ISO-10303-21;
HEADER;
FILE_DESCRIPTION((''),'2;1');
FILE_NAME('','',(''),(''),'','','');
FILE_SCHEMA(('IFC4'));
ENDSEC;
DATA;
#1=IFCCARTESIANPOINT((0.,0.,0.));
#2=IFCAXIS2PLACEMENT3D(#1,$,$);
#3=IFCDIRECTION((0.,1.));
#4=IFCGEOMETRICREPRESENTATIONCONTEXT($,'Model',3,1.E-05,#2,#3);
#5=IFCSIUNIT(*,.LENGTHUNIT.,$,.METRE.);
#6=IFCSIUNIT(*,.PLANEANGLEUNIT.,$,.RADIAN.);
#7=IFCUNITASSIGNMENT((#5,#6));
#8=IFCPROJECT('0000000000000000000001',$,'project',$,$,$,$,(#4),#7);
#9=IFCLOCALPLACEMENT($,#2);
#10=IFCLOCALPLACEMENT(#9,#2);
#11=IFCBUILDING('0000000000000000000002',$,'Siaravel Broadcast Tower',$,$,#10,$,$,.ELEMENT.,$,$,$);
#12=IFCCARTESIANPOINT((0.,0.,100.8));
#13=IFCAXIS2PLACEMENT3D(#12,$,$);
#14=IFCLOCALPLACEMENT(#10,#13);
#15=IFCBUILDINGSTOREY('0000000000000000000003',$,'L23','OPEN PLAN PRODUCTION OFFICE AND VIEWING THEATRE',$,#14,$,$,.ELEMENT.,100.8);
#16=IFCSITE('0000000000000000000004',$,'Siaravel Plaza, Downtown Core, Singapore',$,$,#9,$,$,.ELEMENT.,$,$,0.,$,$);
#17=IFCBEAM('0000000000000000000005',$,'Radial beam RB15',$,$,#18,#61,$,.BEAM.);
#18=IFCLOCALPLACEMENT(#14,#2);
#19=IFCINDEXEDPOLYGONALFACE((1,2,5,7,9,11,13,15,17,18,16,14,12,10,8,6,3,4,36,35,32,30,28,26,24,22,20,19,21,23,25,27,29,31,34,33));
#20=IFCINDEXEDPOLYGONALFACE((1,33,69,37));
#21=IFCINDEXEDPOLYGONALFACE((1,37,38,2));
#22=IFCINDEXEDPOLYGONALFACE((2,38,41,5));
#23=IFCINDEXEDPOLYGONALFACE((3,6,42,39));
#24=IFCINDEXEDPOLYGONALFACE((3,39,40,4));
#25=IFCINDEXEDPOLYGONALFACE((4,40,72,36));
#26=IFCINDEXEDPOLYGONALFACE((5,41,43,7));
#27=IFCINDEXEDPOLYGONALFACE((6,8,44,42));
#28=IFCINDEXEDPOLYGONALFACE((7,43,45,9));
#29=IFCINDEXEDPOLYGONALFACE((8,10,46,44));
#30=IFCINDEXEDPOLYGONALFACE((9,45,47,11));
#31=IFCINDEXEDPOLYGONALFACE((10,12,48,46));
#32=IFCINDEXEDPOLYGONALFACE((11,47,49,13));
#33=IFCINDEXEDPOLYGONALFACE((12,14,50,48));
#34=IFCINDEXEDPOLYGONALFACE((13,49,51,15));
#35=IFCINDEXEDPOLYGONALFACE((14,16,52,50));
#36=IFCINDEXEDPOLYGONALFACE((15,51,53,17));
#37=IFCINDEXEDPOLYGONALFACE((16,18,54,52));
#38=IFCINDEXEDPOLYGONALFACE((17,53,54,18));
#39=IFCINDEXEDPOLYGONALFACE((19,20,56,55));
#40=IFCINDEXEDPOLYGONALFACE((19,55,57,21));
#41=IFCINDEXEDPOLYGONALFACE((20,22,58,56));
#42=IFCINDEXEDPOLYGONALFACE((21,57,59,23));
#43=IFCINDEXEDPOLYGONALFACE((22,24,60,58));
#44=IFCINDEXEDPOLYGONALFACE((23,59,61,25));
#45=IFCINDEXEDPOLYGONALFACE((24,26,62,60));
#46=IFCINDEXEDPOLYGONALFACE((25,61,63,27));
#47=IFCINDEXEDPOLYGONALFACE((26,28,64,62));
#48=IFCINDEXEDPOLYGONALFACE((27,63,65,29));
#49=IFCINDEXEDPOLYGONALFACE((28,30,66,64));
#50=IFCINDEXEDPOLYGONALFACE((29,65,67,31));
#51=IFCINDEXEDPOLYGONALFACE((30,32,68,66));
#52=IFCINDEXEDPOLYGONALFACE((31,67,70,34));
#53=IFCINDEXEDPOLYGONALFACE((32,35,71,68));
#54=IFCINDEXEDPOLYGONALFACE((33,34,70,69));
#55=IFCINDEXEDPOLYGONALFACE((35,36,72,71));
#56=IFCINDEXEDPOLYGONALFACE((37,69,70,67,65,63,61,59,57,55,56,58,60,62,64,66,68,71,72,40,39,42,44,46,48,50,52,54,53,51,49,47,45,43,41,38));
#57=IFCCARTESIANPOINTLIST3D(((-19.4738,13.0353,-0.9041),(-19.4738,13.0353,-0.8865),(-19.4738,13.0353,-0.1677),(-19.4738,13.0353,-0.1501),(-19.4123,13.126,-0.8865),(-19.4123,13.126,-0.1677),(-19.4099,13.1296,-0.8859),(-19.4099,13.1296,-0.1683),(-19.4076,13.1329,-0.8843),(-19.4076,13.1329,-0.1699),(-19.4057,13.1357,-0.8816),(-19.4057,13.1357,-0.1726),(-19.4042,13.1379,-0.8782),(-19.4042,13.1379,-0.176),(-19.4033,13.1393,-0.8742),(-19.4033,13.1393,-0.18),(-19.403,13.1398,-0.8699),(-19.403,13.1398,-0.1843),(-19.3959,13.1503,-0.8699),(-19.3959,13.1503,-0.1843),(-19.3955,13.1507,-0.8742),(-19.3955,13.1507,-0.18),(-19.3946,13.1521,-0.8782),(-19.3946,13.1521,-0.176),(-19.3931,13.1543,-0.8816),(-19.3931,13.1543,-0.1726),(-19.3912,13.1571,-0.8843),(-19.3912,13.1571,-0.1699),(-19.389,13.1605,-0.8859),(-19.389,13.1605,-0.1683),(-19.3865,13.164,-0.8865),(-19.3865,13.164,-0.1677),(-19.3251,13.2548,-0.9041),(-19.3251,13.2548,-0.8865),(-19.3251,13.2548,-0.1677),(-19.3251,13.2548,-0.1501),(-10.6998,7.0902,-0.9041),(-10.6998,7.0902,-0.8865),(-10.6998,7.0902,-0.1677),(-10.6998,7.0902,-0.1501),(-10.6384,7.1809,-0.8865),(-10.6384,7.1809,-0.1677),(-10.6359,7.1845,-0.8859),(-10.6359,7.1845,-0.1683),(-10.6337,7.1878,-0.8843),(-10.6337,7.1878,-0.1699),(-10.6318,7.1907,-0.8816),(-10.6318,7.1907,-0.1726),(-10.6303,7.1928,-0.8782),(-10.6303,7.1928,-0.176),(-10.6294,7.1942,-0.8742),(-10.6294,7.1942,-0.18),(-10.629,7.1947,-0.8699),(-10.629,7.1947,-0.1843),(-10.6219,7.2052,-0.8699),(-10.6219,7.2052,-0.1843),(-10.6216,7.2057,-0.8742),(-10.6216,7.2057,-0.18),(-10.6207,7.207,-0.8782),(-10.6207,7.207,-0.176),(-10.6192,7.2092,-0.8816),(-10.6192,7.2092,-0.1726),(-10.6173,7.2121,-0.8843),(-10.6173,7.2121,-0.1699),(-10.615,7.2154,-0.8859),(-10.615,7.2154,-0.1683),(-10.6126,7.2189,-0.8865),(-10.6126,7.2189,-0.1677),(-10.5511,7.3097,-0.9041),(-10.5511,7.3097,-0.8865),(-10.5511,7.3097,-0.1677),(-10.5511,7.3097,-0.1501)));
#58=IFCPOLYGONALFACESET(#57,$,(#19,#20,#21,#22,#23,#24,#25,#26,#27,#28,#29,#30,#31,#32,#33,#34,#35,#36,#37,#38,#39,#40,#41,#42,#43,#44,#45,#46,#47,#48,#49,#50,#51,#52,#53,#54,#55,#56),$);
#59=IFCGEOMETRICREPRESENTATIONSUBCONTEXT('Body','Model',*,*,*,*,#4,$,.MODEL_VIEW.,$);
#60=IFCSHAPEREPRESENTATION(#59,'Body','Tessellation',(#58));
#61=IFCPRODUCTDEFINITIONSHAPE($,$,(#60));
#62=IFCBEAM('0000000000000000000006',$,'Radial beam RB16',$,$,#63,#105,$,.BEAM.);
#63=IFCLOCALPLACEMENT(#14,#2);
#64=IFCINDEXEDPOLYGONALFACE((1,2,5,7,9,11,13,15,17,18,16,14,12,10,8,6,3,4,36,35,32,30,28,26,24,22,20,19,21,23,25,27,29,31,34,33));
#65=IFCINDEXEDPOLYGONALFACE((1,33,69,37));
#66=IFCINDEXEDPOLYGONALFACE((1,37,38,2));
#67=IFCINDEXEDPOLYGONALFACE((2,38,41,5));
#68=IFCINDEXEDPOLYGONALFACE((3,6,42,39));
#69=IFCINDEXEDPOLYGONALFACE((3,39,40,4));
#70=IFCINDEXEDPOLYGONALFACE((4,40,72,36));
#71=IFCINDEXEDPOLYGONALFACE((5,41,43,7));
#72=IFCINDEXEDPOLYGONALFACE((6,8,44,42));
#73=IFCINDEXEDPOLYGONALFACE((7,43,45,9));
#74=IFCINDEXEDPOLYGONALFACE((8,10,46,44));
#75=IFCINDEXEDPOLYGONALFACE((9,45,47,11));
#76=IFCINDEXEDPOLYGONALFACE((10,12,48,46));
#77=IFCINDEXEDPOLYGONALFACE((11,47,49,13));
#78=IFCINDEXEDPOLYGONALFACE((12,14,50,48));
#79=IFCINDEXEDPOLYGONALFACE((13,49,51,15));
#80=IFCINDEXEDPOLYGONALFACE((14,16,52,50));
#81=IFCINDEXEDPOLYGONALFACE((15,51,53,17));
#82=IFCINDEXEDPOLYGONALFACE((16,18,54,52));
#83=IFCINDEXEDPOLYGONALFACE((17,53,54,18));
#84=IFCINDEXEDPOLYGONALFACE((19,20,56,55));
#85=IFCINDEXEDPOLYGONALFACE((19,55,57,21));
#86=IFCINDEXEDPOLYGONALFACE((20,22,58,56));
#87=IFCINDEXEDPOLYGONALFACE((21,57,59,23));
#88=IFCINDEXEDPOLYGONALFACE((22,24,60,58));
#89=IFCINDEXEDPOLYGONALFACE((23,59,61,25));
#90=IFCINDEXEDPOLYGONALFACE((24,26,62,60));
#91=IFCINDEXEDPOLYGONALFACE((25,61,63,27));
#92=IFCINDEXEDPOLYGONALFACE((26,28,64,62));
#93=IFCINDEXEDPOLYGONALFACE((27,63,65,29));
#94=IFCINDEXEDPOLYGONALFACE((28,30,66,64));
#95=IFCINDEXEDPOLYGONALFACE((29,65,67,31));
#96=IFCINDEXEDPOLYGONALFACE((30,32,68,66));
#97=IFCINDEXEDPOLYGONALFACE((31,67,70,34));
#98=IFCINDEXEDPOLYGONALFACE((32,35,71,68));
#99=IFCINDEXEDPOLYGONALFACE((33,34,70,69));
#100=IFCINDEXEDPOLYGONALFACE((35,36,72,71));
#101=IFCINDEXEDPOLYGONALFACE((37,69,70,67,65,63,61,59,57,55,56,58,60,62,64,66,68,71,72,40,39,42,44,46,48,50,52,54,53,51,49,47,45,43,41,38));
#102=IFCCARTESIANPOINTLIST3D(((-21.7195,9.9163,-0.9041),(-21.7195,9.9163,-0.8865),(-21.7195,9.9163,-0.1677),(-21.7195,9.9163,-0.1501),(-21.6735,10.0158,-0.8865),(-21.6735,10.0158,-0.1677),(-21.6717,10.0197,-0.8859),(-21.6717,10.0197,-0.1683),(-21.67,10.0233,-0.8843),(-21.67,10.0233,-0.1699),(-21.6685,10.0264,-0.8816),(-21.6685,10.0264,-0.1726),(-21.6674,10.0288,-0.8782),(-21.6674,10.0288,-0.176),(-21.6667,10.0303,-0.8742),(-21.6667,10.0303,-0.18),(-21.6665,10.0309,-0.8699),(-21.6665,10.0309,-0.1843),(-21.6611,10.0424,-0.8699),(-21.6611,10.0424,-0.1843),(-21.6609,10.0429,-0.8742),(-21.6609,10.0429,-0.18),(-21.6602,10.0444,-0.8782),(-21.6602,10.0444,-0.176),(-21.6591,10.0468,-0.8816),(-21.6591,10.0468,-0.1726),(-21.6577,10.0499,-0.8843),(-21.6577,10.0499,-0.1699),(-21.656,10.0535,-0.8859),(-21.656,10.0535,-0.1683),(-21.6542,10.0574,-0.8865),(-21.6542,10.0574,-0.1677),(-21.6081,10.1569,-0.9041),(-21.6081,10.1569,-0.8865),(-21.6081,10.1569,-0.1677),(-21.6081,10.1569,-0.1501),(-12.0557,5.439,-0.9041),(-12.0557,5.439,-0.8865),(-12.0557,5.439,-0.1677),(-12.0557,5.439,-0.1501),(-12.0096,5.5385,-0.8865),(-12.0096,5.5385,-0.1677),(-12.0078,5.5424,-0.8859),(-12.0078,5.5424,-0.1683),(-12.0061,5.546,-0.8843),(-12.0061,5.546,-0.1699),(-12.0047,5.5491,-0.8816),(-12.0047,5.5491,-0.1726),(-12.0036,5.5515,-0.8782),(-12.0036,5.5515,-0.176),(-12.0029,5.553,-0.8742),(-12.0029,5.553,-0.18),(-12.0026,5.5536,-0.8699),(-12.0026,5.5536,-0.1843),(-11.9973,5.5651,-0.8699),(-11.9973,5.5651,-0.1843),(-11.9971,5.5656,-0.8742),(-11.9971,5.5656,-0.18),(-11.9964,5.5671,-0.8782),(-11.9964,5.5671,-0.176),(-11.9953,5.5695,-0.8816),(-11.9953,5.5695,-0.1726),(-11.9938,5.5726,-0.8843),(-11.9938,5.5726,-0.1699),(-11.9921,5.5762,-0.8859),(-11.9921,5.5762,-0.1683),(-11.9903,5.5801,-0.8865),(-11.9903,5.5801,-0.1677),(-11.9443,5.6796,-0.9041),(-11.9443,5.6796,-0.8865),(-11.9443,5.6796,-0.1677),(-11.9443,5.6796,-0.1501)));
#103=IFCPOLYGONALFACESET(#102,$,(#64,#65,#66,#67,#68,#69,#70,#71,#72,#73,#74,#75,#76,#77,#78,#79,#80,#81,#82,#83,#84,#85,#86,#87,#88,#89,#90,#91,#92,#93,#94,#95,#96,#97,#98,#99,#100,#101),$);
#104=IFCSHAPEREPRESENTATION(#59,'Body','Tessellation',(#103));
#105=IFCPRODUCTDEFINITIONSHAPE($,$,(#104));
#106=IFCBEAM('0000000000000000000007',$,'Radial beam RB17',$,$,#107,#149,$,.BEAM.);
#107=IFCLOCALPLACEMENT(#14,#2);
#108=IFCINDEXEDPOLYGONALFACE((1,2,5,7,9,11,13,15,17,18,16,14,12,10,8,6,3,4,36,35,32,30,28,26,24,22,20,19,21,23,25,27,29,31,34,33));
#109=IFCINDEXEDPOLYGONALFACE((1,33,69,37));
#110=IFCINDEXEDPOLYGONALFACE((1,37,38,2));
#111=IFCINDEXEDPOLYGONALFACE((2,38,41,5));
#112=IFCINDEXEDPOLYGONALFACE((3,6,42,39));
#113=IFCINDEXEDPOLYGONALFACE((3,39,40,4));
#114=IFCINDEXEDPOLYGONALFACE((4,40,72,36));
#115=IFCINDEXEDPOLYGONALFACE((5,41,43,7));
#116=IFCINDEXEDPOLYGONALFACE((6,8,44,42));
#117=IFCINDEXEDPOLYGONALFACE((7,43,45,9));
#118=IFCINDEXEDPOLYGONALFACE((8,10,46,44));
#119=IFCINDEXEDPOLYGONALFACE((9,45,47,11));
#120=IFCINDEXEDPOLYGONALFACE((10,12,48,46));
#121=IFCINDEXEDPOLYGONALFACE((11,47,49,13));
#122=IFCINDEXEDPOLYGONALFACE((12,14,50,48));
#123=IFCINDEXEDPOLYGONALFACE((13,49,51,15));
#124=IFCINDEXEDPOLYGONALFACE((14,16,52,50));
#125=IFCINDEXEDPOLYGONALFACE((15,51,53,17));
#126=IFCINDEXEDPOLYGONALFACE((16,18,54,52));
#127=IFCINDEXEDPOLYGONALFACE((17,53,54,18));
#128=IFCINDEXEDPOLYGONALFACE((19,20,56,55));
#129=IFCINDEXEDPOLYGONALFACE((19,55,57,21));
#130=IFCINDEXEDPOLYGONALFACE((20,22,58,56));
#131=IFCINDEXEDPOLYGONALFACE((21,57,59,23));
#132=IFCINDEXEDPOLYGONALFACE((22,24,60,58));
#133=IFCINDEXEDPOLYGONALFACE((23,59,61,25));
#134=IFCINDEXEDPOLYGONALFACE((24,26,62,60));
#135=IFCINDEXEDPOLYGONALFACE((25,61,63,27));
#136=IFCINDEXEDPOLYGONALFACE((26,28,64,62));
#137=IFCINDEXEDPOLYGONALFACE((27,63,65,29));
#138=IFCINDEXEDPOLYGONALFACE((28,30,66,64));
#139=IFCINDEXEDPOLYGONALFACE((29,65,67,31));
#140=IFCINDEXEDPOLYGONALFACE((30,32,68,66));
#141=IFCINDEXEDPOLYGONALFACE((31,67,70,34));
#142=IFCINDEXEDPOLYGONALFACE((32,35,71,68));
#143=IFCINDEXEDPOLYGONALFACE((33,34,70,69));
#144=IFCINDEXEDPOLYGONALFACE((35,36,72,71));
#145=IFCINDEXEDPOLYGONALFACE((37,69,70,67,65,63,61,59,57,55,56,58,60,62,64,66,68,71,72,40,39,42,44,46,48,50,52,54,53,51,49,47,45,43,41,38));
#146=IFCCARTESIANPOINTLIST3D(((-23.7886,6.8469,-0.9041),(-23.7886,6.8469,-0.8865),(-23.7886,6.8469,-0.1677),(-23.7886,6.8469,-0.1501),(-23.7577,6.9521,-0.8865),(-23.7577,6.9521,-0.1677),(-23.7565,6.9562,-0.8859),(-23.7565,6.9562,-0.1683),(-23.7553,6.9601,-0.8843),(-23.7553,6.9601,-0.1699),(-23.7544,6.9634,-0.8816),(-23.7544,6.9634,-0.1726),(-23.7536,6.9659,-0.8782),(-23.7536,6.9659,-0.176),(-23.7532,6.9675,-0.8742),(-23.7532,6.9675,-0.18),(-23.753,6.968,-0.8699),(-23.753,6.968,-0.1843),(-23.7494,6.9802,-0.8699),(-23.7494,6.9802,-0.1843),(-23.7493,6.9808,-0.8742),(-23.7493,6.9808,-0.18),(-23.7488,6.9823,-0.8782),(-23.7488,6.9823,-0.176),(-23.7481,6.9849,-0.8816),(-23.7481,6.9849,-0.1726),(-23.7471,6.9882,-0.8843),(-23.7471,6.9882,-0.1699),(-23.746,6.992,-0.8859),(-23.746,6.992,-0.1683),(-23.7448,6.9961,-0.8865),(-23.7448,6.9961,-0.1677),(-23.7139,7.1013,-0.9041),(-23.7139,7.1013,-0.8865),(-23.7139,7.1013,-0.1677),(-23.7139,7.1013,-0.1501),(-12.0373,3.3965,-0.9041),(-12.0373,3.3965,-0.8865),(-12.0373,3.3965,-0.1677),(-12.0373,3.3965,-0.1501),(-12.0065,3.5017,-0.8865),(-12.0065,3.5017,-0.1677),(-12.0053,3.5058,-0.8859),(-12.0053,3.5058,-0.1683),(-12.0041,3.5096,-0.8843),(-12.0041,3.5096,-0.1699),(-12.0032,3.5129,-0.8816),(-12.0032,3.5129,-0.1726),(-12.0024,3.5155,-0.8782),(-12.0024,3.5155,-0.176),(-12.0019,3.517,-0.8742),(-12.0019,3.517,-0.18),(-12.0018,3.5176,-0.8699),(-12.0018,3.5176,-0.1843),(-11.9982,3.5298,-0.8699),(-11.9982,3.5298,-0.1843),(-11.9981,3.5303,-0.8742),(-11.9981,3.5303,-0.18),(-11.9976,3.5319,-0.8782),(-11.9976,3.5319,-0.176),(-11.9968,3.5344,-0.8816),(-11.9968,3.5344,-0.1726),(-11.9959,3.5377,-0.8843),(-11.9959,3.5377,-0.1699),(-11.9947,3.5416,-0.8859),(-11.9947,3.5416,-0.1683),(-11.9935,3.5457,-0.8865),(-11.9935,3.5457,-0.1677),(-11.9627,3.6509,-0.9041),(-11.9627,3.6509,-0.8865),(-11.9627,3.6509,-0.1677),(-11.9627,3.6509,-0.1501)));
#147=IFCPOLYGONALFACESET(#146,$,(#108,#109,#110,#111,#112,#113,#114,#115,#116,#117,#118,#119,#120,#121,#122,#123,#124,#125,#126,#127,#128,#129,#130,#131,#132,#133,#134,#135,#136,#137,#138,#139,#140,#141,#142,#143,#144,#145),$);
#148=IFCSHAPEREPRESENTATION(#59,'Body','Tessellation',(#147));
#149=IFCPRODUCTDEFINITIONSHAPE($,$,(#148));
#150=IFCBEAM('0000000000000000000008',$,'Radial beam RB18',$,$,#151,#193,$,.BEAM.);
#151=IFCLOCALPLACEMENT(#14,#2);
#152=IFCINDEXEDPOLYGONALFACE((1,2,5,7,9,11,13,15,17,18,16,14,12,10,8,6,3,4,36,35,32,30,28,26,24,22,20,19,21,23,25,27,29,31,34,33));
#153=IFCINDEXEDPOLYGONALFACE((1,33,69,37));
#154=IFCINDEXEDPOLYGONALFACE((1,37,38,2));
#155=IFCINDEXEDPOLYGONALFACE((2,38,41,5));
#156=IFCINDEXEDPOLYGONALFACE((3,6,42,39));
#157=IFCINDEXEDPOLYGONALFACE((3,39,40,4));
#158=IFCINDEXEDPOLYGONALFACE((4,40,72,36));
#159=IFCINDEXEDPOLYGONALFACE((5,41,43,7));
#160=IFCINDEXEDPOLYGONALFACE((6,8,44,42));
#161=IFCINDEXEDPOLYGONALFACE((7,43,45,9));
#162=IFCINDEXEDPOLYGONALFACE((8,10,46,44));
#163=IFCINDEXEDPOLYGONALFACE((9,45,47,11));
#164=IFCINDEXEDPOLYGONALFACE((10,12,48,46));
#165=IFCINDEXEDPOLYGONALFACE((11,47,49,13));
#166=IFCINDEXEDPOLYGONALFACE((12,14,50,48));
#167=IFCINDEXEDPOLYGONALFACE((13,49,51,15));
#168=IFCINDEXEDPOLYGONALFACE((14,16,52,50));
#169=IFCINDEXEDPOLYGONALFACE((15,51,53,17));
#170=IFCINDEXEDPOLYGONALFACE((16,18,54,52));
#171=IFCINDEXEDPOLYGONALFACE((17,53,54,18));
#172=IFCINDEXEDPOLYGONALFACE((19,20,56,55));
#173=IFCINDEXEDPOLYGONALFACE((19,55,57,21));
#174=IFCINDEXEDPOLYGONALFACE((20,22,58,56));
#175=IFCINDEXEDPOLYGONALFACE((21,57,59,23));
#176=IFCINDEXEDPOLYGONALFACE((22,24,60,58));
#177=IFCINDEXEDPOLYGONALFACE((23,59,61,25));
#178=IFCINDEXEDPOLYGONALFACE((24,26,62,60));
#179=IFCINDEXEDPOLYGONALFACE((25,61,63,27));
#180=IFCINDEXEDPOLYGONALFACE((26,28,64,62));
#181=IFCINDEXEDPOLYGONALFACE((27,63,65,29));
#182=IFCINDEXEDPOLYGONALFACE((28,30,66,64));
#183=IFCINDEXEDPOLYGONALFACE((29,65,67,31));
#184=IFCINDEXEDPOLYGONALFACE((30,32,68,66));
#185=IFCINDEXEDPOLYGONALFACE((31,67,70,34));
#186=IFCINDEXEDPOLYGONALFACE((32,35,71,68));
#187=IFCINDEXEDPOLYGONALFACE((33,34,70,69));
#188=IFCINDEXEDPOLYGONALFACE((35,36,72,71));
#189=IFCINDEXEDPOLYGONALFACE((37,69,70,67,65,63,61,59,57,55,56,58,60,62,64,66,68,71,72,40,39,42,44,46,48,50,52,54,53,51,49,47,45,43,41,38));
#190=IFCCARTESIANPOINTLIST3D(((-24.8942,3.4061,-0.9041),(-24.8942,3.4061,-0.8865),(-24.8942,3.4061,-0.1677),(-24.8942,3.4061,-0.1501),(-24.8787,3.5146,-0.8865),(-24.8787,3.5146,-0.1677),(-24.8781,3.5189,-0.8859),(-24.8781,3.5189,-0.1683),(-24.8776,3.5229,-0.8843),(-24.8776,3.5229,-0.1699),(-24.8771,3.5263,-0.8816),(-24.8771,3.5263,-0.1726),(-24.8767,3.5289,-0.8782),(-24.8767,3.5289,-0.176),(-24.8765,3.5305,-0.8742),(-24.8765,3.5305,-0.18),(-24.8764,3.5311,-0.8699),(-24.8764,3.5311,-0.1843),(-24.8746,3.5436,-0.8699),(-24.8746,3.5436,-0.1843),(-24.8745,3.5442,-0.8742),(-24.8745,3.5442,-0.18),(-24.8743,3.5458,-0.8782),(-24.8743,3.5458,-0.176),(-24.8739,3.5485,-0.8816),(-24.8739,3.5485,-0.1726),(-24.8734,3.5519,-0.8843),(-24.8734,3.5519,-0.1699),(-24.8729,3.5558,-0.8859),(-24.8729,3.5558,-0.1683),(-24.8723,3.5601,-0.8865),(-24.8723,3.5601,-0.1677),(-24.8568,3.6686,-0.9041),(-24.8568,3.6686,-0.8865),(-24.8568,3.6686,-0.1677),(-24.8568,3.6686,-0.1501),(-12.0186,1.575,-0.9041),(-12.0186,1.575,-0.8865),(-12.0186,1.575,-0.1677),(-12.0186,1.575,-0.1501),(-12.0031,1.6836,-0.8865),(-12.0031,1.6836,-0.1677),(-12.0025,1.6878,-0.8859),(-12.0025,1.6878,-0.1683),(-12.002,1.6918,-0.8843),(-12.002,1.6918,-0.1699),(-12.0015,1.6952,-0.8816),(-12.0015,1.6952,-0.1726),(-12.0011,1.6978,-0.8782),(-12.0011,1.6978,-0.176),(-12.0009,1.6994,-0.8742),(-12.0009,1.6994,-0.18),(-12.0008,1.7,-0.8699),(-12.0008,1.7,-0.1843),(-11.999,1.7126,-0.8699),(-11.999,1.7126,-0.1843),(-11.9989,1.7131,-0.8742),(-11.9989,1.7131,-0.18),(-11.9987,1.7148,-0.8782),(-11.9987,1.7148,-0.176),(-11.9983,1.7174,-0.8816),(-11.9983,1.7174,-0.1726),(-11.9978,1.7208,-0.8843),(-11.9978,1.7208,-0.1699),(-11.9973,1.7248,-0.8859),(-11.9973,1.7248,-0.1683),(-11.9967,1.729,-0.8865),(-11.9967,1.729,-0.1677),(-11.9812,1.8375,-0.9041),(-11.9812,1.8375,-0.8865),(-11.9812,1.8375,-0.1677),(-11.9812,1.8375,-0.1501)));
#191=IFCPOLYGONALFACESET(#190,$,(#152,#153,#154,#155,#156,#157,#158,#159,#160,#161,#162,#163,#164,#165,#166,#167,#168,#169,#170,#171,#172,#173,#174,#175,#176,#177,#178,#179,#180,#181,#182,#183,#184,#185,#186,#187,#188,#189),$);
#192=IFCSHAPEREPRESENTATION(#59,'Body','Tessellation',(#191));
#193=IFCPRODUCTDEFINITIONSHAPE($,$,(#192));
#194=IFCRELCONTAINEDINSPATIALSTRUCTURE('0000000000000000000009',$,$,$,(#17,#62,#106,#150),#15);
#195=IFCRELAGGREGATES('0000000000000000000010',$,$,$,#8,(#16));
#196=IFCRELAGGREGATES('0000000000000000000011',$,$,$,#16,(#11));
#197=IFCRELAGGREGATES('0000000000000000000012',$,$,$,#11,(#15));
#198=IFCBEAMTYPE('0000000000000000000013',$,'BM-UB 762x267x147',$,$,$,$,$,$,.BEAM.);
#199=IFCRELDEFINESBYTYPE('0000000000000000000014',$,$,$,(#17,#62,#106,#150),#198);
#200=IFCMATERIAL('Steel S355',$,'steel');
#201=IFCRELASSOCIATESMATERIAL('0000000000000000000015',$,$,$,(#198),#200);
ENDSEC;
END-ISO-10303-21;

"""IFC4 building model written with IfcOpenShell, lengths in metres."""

from ifc_helpers import new_model, si_unit, direction, frame, origin, origin_2d, place, context, subcontext, project, spatial, i_section, extrude, material, material_profile, profile_set, type_object, element, save


model = new_model("IFC4")

# Units and contexts
model_context = context("Model", 3, precision=1e-05, world=origin(), true_north=direction((0.0, 1.0)))
body_context = subcontext(model_context, "Body", "Model", "MODEL_VIEW")
ifc_project = project(units=[si_unit("LENGTHUNIT", "METRE"), si_unit("PLANEANGLEUNIT", "RADIAN")], contexts=[model_context])

# Site, building, storey
site_placement = place(None, origin())
site = spatial("IfcSite", under=ifc_project, at=site_placement, Name="Siaravel Plaza, Downtown Core, Singapore", CompositionType="ELEMENT", RefElevation=0.0)
building_placement = place(site_placement, origin())
building = spatial("IfcBuilding", under=site, at=building_placement, Name="Siaravel Broadcast Tower", CompositionType="ELEMENT")
storey_placement = place(building_placement, frame((0.0, 0.0, 100.8)))
storey = spatial("IfcBuildingStorey", under=building, at=storey_placement, Name="L23", Description="OPEN PLAN PRODUCTION OFFICE AND VIEWING THEATRE", CompositionType="ELEMENT", Elevation=100.8)

# Beams
ifc_material_1 = material(Name="Steel S355", Category="steel")
ifc_material_profile_1 = material_profile(ifc_material_1, i_section(OverallWidth=0.2651, OverallDepth=0.7539, WebThickness=0.0127, FlangeThickness=0.0176, FilletRadius=0.0166, at=origin_2d()))
ifc_profile_set_1 = profile_set([ifc_material_profile_1], Name="Steel S355")
beam_type = type_object("IfcBeamType", Name="BM-UB 762x267x147", PredefinedType="BEAM", material=ifc_profile_set_1)
beam_1_placement = place(storey_placement, frame((-19.3994, 13.145, -0.5271), z_axis=(0.827856, -0.560941, 0.0), x_axis=(0.560941, 0.827856, 0.0)))
element("IfcBeam", 1, at=beam_1_placement, inside=storey, type_object=beam_type, Name="Radial beam RB15", PredefinedType="BEAM", context=body_context, shape_type="SweptSolid", body=[
    extrude(i_section(OverallWidth=0.2651, OverallDepth=0.7539, WebThickness=0.0127, FlangeThickness=0.0176, FilletRadius=0.0166, at=origin_2d()), origin(), (0.0, 0.0, 1.0), 10.5984),
])
beam_2_placement = place(storey_placement, frame((-21.6638, 10.0366, -0.5271), z_axis=(0.907349, -0.420379, 0.0), x_axis=(0.420379, 0.907349, 0.0)))
element("IfcBeam", 2, at=beam_2_placement, inside=storey, type_object=beam_type, Name="Radial beam RB16", PredefinedType="BEAM", context=body_context, shape_type="SweptSolid", body=[
    extrude(i_section(OverallWidth=0.2651, OverallDepth=0.7539, WebThickness=0.0127, FlangeThickness=0.0176, FilletRadius=0.0166, at=origin_2d()), origin(), (0.0, 0.0, 1.0), 10.6506),
])
beam_3_placement = place(storey_placement, frame((-23.7512, 6.9741, -0.5271), z_axis=(0.959494, -0.28173, 0.0), x_axis=(0.28173, 0.959494, 0.0)))
element("IfcBeam", 3, at=beam_3_placement, inside=storey, type_object=beam_type, Name="Radial beam RB17", PredefinedType="BEAM", context=body_context, shape_type="SweptSolid", body=[
    extrude(i_section(OverallWidth=0.2651, OverallDepth=0.7539, WebThickness=0.0127, FlangeThickness=0.0176, FilletRadius=0.0166, at=origin_2d()), origin(), (0.0, 0.0, 1.0), 12.2473),
])
beam_4_placement = place(storey_placement, frame((-24.8755, 3.5374, -0.5271), z_axis=(0.990039, -0.140796, 0.0), x_axis=(0.140796, 0.990039, 0.0)))
element("IfcBeam", 4, at=beam_4_placement, inside=storey, type_object=beam_type, Name="Radial beam RB18", PredefinedType="BEAM", context=body_context, shape_type="SweptSolid", body=[
    extrude(i_section(OverallWidth=0.2651, OverallDepth=0.7539, WebThickness=0.0127, FlangeThickness=0.0176, FilletRadius=0.0166, at=origin_2d()), origin(), (0.0, 0.0, 1.0), 13.0051),
])

save(model, "model.ifc")
